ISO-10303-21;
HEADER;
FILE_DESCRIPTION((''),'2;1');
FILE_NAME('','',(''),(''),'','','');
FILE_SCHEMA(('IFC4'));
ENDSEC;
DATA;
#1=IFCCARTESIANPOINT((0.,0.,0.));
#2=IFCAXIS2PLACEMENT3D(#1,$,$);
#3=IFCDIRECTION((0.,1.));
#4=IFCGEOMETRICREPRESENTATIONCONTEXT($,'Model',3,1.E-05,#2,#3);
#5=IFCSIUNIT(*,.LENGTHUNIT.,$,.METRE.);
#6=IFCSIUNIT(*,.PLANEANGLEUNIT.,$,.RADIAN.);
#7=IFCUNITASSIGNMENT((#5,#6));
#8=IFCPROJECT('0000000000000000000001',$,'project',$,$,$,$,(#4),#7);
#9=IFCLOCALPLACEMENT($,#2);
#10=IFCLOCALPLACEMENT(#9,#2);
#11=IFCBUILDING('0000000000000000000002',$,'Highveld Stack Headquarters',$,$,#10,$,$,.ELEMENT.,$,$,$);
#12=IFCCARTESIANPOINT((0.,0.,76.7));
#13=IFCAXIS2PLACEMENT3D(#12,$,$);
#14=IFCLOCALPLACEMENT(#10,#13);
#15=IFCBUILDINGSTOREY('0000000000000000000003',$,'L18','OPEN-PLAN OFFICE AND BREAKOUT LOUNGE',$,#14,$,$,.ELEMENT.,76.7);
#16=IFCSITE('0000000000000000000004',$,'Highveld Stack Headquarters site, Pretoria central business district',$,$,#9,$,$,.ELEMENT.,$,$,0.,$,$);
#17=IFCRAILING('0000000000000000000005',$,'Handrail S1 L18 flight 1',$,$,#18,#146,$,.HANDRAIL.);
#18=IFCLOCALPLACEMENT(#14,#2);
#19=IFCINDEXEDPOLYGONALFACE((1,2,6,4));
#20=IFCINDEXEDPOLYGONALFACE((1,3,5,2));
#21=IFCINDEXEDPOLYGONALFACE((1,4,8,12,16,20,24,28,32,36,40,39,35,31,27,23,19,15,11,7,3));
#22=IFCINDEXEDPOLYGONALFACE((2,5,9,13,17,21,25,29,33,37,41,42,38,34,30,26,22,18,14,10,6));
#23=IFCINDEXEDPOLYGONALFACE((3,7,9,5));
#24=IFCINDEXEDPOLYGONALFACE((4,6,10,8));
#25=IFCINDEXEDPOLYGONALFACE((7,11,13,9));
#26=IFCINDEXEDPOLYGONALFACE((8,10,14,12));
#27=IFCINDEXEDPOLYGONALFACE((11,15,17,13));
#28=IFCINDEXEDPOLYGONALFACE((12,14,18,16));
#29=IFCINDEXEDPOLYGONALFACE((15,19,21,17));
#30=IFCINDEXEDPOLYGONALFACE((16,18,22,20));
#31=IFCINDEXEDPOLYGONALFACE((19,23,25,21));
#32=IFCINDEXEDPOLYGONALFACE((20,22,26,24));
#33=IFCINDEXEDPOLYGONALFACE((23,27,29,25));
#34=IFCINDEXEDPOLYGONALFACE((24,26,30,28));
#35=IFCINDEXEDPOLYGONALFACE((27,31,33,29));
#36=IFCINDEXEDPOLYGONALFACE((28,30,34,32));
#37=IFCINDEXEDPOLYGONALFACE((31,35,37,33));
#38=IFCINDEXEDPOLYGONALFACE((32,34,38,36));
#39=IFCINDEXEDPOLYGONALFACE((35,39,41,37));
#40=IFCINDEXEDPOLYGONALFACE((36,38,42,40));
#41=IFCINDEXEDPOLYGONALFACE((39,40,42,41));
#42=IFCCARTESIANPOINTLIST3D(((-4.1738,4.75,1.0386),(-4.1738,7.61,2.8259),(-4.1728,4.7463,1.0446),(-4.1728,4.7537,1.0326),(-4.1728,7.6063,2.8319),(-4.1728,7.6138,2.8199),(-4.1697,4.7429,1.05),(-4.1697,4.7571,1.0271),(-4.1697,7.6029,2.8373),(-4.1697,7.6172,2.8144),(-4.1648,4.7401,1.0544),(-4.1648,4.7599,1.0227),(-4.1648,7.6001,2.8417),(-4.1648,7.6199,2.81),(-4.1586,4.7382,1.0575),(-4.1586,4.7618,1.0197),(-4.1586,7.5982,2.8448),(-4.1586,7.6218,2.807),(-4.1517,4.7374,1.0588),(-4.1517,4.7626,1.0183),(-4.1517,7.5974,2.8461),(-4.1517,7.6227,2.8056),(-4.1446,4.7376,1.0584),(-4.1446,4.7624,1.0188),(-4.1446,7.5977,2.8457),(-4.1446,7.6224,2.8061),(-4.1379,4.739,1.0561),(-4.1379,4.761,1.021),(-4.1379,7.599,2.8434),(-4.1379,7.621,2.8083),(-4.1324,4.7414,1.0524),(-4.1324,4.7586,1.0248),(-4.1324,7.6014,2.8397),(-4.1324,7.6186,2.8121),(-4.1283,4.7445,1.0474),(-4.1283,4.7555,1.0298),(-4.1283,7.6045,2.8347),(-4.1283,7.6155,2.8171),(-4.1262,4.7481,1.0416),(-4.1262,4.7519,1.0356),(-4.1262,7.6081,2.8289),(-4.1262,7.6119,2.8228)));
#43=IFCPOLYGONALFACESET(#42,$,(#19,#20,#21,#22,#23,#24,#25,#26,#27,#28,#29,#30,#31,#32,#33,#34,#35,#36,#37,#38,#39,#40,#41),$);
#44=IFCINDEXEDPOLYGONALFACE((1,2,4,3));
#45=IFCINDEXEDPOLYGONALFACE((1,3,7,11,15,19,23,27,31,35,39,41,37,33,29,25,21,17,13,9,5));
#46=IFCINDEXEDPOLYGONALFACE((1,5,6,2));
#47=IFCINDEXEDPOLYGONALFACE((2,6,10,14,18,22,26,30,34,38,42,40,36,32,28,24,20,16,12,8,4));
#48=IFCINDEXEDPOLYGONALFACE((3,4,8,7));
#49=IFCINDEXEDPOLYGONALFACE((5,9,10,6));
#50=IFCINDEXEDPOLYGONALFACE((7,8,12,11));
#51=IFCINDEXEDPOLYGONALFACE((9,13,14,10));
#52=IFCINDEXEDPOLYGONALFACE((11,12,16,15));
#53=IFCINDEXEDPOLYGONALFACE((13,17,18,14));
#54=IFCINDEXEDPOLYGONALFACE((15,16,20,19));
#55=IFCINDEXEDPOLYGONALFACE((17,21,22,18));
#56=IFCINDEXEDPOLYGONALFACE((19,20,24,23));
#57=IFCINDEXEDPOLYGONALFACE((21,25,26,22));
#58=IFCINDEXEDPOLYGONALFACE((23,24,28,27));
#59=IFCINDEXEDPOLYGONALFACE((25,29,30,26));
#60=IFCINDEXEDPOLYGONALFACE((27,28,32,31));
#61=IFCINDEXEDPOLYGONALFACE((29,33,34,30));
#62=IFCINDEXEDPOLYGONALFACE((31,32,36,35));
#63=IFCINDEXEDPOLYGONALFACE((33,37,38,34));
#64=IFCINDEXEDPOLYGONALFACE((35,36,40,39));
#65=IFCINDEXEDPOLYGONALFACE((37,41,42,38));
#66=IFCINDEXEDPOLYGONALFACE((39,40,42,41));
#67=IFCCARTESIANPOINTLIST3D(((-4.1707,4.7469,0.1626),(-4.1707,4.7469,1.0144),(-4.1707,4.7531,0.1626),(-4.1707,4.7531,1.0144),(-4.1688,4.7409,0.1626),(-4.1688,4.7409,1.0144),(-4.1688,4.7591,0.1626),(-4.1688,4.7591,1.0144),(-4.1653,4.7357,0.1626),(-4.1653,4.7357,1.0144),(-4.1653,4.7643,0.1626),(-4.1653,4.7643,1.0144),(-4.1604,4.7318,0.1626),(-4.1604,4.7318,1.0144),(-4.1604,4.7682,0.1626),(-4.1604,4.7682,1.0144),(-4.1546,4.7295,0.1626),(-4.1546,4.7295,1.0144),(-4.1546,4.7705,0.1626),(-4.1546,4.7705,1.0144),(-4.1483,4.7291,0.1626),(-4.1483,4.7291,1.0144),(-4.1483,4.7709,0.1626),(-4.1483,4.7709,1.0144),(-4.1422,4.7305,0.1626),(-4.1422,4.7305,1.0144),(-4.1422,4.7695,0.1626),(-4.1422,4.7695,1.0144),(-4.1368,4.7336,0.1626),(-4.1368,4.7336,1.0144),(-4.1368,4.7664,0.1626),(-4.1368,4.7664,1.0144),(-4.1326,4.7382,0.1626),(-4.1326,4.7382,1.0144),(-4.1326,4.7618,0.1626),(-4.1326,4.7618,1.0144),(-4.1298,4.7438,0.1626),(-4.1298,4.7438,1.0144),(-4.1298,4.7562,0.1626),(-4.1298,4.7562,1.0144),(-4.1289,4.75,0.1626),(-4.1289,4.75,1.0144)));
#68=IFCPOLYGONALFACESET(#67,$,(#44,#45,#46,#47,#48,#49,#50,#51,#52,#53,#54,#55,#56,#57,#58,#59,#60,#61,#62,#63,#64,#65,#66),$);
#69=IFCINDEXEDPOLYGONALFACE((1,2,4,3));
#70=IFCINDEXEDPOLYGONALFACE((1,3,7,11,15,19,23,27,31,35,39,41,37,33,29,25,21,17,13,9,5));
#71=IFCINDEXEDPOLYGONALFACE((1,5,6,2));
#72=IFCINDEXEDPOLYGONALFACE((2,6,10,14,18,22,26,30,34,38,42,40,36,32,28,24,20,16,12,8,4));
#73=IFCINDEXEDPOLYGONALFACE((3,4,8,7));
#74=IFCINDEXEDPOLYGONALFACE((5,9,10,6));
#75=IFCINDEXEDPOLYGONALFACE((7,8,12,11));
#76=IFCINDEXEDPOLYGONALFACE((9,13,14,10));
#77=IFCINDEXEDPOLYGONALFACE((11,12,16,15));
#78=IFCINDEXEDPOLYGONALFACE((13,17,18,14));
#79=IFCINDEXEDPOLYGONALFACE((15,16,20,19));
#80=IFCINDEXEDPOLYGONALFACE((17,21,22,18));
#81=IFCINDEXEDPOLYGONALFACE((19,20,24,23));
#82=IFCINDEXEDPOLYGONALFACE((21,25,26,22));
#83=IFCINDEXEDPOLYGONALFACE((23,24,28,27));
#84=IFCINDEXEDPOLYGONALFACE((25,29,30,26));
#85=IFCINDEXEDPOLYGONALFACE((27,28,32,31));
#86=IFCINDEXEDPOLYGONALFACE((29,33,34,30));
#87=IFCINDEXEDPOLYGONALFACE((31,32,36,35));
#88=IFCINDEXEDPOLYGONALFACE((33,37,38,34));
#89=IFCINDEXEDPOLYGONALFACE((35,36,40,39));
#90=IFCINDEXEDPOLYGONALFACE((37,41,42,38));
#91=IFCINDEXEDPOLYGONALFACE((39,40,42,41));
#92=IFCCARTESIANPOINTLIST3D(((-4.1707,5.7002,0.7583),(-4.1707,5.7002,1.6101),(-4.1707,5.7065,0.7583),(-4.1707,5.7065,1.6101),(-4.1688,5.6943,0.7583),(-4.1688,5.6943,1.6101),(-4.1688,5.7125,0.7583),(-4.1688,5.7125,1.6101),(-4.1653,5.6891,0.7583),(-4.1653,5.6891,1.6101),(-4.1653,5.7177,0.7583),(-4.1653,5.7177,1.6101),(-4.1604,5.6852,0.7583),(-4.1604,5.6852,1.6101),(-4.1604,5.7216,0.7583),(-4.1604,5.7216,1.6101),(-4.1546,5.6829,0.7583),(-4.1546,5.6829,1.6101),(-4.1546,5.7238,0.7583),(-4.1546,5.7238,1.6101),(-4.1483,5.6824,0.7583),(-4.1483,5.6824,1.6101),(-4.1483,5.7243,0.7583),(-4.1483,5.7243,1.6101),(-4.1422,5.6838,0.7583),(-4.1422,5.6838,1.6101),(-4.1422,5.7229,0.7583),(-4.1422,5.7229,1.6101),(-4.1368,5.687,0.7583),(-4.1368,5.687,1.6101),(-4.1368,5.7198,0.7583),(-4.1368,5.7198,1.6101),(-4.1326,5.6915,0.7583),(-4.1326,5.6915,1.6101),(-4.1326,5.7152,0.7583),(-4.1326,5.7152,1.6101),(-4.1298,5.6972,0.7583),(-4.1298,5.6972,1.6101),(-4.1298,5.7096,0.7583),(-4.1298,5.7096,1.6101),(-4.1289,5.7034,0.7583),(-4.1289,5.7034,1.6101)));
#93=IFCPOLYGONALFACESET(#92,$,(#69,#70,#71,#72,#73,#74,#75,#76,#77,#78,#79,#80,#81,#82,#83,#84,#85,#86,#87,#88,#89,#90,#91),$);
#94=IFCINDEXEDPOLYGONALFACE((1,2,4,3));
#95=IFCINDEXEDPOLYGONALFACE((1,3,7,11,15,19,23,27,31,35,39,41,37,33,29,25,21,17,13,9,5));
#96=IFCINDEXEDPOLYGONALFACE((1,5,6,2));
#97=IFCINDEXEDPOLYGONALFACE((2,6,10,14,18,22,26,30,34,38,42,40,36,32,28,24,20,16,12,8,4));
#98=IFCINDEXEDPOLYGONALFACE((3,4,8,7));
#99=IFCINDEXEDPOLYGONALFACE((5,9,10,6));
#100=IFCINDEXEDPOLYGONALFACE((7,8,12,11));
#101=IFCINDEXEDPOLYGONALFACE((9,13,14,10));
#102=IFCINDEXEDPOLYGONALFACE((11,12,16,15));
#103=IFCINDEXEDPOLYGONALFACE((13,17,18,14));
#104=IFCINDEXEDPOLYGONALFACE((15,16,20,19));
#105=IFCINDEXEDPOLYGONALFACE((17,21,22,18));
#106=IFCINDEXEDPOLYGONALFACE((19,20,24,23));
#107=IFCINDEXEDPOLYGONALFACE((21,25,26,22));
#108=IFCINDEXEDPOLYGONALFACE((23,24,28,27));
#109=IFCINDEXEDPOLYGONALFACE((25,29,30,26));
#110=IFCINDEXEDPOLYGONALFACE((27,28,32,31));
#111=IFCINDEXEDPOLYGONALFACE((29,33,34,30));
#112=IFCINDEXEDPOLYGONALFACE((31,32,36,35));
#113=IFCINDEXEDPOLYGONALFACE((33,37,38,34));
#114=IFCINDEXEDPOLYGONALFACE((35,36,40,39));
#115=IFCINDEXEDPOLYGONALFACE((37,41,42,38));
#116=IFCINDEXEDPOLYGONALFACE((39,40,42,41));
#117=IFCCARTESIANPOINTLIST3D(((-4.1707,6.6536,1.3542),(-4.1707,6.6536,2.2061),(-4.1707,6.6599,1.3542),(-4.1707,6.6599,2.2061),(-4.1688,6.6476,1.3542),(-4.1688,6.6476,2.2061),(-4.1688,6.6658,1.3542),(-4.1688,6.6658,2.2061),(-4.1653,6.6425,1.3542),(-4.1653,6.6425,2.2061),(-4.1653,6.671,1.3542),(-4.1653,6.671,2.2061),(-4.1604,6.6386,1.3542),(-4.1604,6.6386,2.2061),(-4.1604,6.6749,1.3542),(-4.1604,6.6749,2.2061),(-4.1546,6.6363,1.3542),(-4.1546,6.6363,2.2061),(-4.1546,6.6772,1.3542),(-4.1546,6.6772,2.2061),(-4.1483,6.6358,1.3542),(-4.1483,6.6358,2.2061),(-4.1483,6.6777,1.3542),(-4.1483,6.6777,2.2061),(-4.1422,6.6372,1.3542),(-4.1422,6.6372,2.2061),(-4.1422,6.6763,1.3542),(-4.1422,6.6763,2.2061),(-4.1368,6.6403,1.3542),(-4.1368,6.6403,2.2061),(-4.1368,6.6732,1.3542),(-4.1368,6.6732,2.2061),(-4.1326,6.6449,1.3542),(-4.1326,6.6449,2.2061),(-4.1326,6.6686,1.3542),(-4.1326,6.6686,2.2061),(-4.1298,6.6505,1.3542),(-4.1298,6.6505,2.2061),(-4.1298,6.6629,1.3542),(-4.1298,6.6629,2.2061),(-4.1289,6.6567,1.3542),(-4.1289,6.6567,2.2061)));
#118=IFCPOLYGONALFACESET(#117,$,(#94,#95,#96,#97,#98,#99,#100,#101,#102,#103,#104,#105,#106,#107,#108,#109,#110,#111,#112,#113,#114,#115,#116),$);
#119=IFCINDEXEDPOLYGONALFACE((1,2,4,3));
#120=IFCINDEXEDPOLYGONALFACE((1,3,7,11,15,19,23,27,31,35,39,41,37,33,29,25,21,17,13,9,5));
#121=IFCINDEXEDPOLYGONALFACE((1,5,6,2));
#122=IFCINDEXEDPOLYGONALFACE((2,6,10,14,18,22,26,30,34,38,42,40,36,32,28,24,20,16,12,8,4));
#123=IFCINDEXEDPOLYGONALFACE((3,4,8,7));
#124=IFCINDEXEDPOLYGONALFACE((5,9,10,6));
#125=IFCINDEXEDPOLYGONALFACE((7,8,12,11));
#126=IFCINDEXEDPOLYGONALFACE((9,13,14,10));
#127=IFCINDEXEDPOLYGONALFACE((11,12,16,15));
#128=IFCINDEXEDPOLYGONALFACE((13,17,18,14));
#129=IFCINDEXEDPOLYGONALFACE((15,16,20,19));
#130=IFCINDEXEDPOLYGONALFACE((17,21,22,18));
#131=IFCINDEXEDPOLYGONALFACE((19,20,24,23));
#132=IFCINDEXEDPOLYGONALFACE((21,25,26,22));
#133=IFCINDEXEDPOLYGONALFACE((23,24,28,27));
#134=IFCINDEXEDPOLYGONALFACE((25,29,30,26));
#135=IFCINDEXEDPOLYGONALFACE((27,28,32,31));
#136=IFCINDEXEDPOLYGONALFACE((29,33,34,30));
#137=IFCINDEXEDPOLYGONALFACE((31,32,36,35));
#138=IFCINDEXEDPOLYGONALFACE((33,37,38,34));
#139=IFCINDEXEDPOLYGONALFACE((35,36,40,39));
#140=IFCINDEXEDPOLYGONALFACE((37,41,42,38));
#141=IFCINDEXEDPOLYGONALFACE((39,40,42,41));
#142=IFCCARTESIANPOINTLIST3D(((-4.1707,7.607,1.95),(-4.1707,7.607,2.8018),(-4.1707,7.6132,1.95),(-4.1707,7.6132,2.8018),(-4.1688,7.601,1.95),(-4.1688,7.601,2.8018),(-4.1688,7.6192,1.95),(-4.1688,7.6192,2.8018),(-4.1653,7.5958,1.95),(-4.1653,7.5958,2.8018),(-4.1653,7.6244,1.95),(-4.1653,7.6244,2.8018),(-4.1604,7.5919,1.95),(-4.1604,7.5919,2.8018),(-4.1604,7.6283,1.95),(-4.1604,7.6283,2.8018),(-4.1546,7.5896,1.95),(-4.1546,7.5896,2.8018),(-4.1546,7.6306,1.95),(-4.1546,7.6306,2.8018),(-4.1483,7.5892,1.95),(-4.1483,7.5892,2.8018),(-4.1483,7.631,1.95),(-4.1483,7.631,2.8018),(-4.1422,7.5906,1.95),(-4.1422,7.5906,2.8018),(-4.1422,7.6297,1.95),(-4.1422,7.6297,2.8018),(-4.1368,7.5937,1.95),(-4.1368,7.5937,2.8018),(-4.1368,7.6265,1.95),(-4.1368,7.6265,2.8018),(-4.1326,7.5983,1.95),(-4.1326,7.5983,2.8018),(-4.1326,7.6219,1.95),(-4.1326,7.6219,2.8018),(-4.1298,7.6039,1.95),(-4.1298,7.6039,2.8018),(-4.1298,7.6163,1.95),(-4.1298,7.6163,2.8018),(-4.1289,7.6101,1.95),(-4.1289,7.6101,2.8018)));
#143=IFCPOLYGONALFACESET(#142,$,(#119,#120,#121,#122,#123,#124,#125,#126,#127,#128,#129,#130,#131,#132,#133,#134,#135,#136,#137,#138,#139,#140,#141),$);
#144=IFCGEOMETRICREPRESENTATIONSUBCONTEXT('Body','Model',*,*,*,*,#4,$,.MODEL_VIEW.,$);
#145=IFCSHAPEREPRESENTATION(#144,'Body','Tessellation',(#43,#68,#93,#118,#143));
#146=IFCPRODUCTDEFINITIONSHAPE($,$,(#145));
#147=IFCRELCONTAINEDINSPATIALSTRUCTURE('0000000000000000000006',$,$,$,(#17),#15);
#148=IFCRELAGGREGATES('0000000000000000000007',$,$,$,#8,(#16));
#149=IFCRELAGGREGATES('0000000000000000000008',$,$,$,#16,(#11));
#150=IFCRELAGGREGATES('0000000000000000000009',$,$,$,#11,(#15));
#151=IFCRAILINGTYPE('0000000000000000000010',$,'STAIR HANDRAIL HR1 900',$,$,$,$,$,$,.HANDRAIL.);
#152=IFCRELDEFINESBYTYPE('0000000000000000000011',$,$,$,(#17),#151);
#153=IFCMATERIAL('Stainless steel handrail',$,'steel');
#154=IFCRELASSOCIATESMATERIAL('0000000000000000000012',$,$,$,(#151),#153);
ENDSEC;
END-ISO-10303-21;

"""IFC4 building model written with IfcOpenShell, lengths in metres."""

from ifc_helpers import new_model, si_unit, direction, frame, origin, origin_2d, place, context, subcontext, project, spatial, circle, extrude, material, type_object, element, save


model = new_model("IFC4")

# Units and contexts
model_context = context("Model", 3, precision=1e-05, world=origin(), true_north=direction((0.0, 1.0)))
body_context = subcontext(model_context, "Body", "Model", "MODEL_VIEW")
ifc_project = project(units=[si_unit("LENGTHUNIT", "METRE"), si_unit("PLANEANGLEUNIT", "RADIAN")], contexts=[model_context])

# Site, building, storey
site_placement = place(None, origin())
site = spatial("IfcSite", under=ifc_project, at=site_placement, Name="Highveld Stack Headquarters site, Pretoria central business district", CompositionType="ELEMENT", RefElevation=0.0)
building_placement = place(site_placement, origin())
building = spatial("IfcBuilding", under=site, at=building_placement, Name="Highveld Stack Headquarters", CompositionType="ELEMENT")
storey_placement = place(building_placement, frame((0.0, 0.0, 76.7)))
storey = spatial("IfcBuildingStorey", under=building, at=storey_placement, Name="L18", Description="OPEN-PLAN OFFICE AND BREAKOUT LOUNGE", CompositionType="ELEMENT", Elevation=76.7)

# Railing
ifc_material_1 = material(Name="Stainless steel handrail", Category="steel")
railing_type = type_object("IfcRailingType", Name="STAIR HANDRAIL HR1 900", PredefinedType="HANDRAIL", material=ifc_material_1)
for number, where, name in (
    (1, (-4.1499, 4.75, 0.1626), "Handrail S1 L18 flight 1"),
):
    element("IfcRailing", number, at=place(storey_placement, frame(where)), inside=storey, type_object=railing_type, Name=name, PredefinedType="HANDRAIL", context=body_context, shape_type="SweptSolid", body=[
        extrude(circle(Radius=0.0239, at=origin_2d()), frame((0.0, 0.0, 0.876), z_axis=(0.0, 0.848027, 0.529953), x_axis=(-1.0, 0.0, 0.0)), (0.0, 0.0, 1.0), 3.3726),
        extrude(circle(Radius=0.021, at=origin_2d()), origin(), (0.0, 0.0, 1.0), 0.8518),
        extrude(circle(Radius=0.021, at=origin_2d()), frame((0.0, 0.9534, 0.5957)), (0.0, 0.0, 1.0), 0.8518),
        extrude(circle(Radius=0.021, at=origin_2d()), frame((0.0, 1.9067, 1.1917)), (0.0, 0.0, 1.0), 0.8518),
        extrude(circle(Radius=0.021, at=origin_2d()), frame((0.0, 2.8601, 1.7874)), (0.0, 0.0, 1.0), 0.8518),
    ])

save(model, "model.ifc")
